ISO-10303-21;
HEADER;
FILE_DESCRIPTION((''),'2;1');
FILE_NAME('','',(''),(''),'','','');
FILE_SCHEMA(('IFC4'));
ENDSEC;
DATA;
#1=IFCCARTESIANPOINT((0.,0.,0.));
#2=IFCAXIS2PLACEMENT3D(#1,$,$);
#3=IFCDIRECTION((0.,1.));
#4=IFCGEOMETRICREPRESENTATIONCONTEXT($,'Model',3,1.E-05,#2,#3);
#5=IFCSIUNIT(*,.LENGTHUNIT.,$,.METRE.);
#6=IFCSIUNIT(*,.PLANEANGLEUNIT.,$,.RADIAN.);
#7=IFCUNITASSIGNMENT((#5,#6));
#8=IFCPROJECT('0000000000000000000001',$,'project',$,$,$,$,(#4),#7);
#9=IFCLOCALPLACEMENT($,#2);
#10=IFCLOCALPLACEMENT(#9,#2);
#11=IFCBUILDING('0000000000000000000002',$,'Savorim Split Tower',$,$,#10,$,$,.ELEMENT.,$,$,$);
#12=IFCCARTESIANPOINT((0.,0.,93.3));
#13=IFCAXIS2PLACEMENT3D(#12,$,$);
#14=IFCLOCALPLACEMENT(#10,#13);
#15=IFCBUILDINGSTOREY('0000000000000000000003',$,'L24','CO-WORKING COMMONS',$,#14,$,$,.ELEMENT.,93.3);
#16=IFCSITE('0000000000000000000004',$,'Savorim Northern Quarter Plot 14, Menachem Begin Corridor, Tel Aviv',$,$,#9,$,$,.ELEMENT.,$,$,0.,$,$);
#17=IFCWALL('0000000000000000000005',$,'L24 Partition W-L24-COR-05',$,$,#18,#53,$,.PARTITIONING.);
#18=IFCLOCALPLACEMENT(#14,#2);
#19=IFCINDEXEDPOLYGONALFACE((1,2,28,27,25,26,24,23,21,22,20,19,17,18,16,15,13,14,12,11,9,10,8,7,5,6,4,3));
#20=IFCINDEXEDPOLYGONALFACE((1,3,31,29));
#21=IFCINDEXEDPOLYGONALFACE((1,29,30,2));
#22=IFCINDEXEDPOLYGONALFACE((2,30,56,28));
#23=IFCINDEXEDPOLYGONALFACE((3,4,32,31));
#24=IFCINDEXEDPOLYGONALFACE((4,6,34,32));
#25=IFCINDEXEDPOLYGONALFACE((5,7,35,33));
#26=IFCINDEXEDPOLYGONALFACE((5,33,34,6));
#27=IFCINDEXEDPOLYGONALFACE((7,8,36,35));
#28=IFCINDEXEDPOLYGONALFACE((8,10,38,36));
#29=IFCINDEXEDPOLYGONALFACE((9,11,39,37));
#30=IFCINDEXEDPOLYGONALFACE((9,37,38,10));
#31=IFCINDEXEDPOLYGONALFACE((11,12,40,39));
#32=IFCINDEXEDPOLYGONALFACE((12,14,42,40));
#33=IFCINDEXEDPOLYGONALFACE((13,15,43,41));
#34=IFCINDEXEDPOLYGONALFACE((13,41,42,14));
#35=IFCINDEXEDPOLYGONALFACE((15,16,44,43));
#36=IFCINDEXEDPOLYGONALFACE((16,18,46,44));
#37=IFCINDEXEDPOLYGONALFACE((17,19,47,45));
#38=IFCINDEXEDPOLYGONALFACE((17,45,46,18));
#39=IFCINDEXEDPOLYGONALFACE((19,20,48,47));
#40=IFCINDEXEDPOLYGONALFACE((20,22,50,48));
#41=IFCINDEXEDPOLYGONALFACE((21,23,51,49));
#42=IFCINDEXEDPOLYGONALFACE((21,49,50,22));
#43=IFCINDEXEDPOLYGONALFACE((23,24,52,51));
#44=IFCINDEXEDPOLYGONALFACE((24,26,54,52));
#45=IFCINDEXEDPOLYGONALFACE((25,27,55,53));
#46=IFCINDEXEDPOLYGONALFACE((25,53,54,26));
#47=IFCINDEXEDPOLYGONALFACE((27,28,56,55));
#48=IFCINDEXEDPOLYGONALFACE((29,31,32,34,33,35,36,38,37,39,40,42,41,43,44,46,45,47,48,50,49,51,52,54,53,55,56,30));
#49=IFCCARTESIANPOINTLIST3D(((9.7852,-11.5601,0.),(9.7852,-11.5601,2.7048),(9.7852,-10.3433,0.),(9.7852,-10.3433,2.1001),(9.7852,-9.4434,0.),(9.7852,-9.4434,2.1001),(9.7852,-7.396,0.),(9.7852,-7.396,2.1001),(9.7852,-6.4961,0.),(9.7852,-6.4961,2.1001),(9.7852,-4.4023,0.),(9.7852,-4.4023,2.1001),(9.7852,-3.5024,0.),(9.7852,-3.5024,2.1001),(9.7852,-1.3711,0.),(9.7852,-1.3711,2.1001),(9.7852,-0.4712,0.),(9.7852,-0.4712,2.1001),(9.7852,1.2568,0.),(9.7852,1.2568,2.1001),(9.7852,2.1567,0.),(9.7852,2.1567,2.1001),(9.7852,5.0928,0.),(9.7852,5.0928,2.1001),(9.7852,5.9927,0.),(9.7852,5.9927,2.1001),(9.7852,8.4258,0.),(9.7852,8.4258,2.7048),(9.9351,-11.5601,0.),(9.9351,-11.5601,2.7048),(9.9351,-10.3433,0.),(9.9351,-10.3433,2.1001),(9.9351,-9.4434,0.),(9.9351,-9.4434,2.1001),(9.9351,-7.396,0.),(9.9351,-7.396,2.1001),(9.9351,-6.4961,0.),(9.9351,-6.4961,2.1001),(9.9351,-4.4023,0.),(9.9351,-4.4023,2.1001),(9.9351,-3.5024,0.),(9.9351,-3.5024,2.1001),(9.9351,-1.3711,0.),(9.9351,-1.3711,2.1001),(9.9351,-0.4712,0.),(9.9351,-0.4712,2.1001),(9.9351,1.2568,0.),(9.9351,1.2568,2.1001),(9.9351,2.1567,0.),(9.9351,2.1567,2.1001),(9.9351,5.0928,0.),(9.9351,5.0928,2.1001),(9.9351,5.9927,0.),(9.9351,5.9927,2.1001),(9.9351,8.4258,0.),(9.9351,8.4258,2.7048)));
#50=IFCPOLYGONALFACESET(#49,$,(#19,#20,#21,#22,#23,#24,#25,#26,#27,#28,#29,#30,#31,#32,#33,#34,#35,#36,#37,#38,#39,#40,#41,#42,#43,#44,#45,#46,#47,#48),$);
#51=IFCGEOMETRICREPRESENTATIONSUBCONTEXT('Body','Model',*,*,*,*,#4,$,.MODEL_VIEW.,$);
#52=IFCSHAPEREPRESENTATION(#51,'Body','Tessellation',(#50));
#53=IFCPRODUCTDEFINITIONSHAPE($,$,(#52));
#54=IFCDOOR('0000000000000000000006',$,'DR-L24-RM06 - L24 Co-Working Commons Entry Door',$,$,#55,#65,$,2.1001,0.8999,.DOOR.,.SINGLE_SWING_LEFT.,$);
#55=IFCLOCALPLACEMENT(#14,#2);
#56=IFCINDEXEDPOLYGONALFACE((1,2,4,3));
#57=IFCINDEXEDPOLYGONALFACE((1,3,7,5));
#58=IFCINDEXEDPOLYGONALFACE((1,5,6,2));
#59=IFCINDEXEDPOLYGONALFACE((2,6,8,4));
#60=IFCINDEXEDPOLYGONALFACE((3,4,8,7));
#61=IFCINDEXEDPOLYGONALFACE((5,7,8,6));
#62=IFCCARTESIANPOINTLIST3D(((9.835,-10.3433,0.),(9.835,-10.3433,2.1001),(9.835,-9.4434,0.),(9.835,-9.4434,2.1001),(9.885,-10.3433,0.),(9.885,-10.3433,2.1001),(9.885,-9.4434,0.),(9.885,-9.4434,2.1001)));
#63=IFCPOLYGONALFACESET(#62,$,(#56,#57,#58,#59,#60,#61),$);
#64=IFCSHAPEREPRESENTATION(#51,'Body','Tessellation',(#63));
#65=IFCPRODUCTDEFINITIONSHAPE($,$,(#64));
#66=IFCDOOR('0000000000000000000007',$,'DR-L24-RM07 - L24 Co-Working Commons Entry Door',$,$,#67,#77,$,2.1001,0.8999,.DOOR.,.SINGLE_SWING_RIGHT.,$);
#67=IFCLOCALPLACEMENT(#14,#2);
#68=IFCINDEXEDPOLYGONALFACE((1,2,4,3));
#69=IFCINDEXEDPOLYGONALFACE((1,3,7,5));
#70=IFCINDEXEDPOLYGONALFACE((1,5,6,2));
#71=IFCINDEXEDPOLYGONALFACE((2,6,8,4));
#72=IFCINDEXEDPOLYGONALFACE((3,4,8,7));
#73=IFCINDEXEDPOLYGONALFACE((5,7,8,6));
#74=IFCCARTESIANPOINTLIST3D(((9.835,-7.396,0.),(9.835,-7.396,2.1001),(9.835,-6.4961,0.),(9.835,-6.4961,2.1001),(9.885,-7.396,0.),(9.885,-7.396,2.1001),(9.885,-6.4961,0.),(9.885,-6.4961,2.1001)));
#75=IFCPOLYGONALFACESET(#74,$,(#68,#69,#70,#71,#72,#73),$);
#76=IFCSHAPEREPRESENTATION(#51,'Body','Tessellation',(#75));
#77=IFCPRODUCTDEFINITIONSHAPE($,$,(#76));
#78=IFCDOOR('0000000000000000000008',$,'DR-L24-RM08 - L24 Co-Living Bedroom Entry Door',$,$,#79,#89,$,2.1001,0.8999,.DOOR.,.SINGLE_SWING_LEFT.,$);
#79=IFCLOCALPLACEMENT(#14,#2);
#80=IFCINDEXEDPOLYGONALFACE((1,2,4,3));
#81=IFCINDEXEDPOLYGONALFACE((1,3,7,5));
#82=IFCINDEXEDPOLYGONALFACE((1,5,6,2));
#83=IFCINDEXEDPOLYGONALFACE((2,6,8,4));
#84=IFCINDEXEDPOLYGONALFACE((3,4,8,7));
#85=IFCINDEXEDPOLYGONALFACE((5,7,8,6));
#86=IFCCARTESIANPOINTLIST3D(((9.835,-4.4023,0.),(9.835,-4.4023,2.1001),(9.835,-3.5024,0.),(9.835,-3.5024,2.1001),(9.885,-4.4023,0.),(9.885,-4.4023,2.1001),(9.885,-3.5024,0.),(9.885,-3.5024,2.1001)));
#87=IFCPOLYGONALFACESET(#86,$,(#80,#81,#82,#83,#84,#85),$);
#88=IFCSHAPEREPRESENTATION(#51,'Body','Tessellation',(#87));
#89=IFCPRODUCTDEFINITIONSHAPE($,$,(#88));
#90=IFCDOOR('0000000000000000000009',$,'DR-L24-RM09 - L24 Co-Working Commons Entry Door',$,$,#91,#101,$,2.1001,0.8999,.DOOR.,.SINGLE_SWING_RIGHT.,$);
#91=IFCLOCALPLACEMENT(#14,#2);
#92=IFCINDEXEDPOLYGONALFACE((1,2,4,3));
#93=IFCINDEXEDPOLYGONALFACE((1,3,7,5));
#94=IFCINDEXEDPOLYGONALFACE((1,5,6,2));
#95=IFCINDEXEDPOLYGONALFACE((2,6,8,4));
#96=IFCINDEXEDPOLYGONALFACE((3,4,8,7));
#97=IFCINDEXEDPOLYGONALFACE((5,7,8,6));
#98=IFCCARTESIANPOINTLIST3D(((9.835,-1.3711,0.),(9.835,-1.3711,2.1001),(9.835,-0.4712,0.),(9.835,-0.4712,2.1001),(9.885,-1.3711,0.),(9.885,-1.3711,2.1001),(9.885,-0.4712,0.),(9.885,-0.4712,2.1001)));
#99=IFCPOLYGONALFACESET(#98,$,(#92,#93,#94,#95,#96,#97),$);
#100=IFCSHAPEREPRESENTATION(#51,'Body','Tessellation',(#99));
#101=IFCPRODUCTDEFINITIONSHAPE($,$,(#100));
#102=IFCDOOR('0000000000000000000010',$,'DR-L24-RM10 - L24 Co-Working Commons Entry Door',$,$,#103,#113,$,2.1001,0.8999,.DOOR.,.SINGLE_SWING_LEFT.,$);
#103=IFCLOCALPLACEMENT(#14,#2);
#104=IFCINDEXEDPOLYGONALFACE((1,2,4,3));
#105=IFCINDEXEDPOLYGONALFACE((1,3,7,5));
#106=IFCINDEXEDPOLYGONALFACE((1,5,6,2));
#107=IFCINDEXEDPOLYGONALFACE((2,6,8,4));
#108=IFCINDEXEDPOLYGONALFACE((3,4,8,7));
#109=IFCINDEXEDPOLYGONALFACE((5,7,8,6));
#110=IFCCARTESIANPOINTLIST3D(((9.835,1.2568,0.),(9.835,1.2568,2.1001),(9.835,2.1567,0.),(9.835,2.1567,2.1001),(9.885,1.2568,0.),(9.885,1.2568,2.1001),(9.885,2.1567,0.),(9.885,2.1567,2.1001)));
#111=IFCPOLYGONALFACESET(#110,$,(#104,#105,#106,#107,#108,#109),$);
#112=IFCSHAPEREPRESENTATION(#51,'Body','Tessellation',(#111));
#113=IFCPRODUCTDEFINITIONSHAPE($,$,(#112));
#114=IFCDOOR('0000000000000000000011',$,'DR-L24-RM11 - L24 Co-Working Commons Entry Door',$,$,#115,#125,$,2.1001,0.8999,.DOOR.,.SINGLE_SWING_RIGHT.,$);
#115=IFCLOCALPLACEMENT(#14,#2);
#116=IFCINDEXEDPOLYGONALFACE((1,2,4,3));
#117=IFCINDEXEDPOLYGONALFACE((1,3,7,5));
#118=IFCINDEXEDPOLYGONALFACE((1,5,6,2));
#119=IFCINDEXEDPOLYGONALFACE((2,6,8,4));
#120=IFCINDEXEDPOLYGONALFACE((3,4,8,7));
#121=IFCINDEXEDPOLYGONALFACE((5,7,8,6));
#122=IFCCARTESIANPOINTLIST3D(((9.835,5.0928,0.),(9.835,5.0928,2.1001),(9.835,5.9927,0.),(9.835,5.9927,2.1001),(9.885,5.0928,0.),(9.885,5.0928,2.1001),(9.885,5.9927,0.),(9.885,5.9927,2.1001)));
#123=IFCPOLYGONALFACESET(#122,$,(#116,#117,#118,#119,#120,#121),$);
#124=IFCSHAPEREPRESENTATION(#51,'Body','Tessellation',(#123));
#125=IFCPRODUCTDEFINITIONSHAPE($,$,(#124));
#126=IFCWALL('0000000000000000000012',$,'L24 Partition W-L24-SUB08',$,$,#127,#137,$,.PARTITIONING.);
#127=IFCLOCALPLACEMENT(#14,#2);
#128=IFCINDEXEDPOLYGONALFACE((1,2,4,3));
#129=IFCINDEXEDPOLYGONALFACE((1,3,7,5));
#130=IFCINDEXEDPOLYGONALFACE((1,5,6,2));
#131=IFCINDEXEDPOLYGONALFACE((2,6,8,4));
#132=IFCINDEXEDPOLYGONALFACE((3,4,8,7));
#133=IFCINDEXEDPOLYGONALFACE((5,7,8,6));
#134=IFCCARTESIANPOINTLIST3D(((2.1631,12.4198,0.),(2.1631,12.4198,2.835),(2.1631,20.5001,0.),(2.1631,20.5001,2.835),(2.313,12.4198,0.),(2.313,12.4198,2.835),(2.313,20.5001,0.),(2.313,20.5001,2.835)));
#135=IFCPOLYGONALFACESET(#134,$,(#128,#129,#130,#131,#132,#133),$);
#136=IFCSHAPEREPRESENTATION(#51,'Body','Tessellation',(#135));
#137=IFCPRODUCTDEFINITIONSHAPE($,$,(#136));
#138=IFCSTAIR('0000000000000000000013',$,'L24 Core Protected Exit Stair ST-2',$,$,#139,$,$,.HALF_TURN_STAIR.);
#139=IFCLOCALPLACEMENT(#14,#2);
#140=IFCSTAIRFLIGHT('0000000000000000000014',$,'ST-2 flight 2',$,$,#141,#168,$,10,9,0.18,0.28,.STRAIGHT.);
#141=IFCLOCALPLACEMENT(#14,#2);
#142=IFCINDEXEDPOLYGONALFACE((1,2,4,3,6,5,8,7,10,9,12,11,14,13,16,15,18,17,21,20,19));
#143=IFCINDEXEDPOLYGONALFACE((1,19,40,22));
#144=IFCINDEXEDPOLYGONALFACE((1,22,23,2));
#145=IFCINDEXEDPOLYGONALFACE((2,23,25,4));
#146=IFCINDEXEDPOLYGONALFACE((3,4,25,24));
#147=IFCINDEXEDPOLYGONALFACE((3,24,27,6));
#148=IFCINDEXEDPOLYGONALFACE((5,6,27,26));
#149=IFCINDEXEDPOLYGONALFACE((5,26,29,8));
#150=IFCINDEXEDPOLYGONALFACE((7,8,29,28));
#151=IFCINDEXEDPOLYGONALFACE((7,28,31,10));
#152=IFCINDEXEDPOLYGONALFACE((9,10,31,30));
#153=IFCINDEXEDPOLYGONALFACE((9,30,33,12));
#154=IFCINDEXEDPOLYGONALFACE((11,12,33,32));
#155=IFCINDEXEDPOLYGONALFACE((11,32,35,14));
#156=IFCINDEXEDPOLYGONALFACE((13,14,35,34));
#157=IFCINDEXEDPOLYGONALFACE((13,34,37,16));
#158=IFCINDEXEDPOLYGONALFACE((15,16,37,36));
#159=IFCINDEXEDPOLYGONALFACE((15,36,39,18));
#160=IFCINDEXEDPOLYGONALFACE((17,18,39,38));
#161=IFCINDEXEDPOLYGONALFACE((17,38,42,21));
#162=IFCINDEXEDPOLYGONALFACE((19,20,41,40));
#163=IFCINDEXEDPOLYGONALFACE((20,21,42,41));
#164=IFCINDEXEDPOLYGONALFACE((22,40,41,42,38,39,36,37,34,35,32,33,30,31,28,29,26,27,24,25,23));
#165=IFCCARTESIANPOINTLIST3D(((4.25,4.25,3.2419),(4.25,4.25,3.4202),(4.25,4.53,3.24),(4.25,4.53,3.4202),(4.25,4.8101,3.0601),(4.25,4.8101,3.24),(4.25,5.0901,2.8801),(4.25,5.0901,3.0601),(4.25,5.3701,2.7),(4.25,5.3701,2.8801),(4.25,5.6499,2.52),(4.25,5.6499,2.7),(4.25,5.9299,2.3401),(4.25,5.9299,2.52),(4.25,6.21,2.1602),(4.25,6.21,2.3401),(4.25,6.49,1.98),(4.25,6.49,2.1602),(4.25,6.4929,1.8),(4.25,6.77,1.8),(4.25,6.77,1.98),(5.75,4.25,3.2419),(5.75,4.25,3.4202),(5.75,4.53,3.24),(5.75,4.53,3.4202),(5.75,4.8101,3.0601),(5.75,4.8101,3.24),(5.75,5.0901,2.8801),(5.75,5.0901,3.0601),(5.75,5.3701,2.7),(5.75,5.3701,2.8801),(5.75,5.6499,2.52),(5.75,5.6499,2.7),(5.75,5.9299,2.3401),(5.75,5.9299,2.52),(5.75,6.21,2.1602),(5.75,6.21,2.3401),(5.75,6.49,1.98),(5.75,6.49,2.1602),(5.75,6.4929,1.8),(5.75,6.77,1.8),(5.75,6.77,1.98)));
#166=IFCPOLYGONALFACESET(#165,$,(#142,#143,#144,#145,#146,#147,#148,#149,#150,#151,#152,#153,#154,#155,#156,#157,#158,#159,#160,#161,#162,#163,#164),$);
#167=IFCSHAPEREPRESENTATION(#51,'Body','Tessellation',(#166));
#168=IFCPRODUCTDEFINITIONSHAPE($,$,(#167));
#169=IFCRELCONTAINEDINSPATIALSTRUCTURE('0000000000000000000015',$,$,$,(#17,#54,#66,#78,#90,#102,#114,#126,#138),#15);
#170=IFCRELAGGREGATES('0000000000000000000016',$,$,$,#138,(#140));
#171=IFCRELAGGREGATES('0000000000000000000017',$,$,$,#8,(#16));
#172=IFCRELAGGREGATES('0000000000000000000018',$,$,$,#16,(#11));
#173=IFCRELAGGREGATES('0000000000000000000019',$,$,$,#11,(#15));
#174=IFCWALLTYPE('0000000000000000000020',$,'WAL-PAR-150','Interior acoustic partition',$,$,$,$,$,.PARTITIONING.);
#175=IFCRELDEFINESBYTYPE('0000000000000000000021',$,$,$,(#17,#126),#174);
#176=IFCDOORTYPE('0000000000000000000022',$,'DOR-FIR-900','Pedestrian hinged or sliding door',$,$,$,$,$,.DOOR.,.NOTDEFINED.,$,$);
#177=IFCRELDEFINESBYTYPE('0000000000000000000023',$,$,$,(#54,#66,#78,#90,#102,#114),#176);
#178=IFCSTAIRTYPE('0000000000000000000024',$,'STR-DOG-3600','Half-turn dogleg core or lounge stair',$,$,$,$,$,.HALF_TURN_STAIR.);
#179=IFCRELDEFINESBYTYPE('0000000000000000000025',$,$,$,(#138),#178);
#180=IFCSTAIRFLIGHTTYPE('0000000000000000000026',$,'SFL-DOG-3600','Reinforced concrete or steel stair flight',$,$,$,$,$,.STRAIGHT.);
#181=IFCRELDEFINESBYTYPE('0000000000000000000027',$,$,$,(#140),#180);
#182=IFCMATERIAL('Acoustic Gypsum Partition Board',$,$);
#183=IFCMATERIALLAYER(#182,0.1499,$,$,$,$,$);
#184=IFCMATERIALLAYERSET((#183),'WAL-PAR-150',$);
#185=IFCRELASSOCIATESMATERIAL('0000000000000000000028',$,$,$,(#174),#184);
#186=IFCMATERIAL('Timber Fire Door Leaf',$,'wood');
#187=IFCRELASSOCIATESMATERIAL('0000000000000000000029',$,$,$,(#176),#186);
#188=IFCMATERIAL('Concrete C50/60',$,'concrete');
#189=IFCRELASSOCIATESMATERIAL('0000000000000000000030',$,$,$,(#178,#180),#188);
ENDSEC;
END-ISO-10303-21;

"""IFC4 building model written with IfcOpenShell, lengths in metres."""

from ifc_helpers import new_model, si_unit, direction, frame, frame_2d, origin, place, context, subcontext, project, spatial, polyline, rectangle, outline, extrude, material, layer, layer_set, type_object, element, fill, aggregate, save


model = new_model("IFC4")

# Units and contexts
model_context = context("Model", 3, precision=1e-05, world=origin(), true_north=direction((0.0, 1.0)))
body_context = subcontext(model_context, "Body", "Model", "MODEL_VIEW")
ifc_project = project(units=[si_unit("LENGTHUNIT", "METRE"), si_unit("PLANEANGLEUNIT", "RADIAN")], contexts=[model_context])

# Site, building, storey
site_placement = place(None, origin())
site = spatial("IfcSite", under=ifc_project, at=site_placement, Name="Savorim Northern Quarter Plot 14, Menachem Begin Corridor, Tel Aviv", CompositionType="ELEMENT", RefElevation=0.0)
building_placement = place(site_placement, origin())
building = spatial("IfcBuilding", under=site, at=building_placement, Name="Savorim Split Tower", CompositionType="ELEMENT")
storey_placement = place(building_placement, frame((0.0, 0.0, 93.3)))
storey = spatial("IfcBuildingStorey", under=building, at=storey_placement, Name="L24", Description="CO-WORKING COMMONS", CompositionType="ELEMENT", Elevation=93.3)

# Shared definitions
ifc_material_1 = material(Name="Timber Fire Door Leaf", Category="wood")

# Shared definitions
ifc_material_2 = material(Name="Acoustic Gypsum Partition Board")
ifc_layer_1 = layer(ifc_material_2, 0.1499)
ifc_layer_set_1 = layer_set([ifc_layer_1], Name="WAL-PAR-150")
wall_type_1 = type_object("IfcWallType", Name="WAL-PAR-150", Description="Interior acoustic partition", PredefinedType="PARTITIONING", material=ifc_layer_set_1)

# Wall, openings, doors
wall_1_placement = place(storey_placement, frame((9.8601, 8.4258, 0.0), z_axis=(0.0, 0.0, 1.0), x_axis=(0.0, -1.0, 0.0)))
wall_1 = element("IfcWall", 1, at=wall_1_placement, inside=storey, type_object=wall_type_1, Name="L24 Partition W-L24-COR-05", PredefinedType="PARTITIONING", context=body_context, shape_type="SweptSolid", body=[
    extrude(rectangle(XDim=19.9858, YDim=0.1499, at=frame_2d((9.9929, 0.0))), origin(), (0.0, 0.0, 1.0), 2.7048),
])
opening_1_placement = place(wall_1_placement, frame((17.8691, 0.0, 0.0)))
opening_1 = element("IfcOpeningElement", 2, at=opening_1_placement, cuts=wall_1, PredefinedType="OPENING", context=body_context, shape_type="SweptSolid", body=[
    extrude(rectangle(XDim=0.8999, YDim=2.1001, at=frame_2d((0.45, 1.05))), frame((0.0, 0.085, 0.0), z_axis=(0.0, -1.0, 0.0), x_axis=(1.0, 0.0, 0.0)), (0.0, 0.0, 1.0), 0.1699),
])
opening_2_placement = place(wall_1_placement, frame((14.9219, 0.0, 0.0)))
opening_2 = element("IfcOpeningElement", 3, at=opening_2_placement, cuts=wall_1, PredefinedType="OPENING", context=body_context, shape_type="SweptSolid", body=[
    extrude(rectangle(XDim=0.8999, YDim=2.1001, at=frame_2d((0.45, 1.05))), frame((0.0, 0.085, 0.0), z_axis=(0.0, -1.0, 0.0), x_axis=(1.0, 0.0, 0.0)), (0.0, 0.0, 1.0), 0.1699),
])
opening_3_placement = place(wall_1_placement, frame((11.9282, 0.0, 0.0)))
opening_3 = element("IfcOpeningElement", 4, at=opening_3_placement, cuts=wall_1, PredefinedType="OPENING", context=body_context, shape_type="SweptSolid", body=[
    extrude(rectangle(XDim=0.8999, YDim=2.1001, at=frame_2d((0.45, 1.05))), frame((0.0, 0.085, 0.0), z_axis=(0.0, -1.0, 0.0), x_axis=(1.0, 0.0, 0.0)), (0.0, 0.0, 1.0), 0.1699),
])
opening_4_placement = place(wall_1_placement, frame((8.897, 0.0, 0.0)))
opening_4 = element("IfcOpeningElement", 5, at=opening_4_placement, cuts=wall_1, PredefinedType="OPENING", context=body_context, shape_type="SweptSolid", body=[
    extrude(rectangle(XDim=0.8999, YDim=2.1001, at=frame_2d((0.45, 1.05))), frame((0.0, 0.085, 0.0), z_axis=(0.0, -1.0, 0.0), x_axis=(1.0, 0.0, 0.0)), (0.0, 0.0, 1.0), 0.1699),
])
opening_5_placement = place(wall_1_placement, frame((6.269, 0.0, 0.0)))
opening_5 = element("IfcOpeningElement", 6, at=opening_5_placement, cuts=wall_1, PredefinedType="OPENING", context=body_context, shape_type="SweptSolid", body=[
    extrude(rectangle(XDim=0.8999, YDim=2.1001, at=frame_2d((0.45, 1.05))), frame((0.0, 0.085, 0.0), z_axis=(0.0, -1.0, 0.0), x_axis=(1.0, 0.0, 0.0)), (0.0, 0.0, 1.0), 0.1699),
])
opening_6_placement = place(wall_1_placement, frame((2.4331, 0.0, 0.0)))
opening_6 = element("IfcOpeningElement", 7, at=opening_6_placement, cuts=wall_1, PredefinedType="OPENING", context=body_context, shape_type="SweptSolid", body=[
    extrude(rectangle(XDim=0.8999, YDim=2.1001, at=frame_2d((0.45, 1.05))), frame((0.0, 0.085, 0.0), z_axis=(0.0, -1.0, 0.0), x_axis=(1.0, 0.0, 0.0)), (0.0, 0.0, 1.0), 0.1699),
])
door_type_1 = type_object("IfcDoorType", Name="DOR-FIR-900", Description="Pedestrian hinged or sliding door", OperationType="NOTDEFINED", PredefinedType="DOOR", material=ifc_material_1)
door_1_placement = place(opening_1_placement, origin())
door_1 = element("IfcDoor", 8, at=door_1_placement, inside=storey, type_object=door_type_1, Name="DR-L24-RM06 - L24 Co-Working Commons Entry Door", OperationType="SINGLE_SWING_LEFT", OverallHeight=2.1001, OverallWidth=0.8999, PredefinedType="DOOR", context=body_context, shape_type="SweptSolid", body=[
    extrude(rectangle(XDim=0.8999, YDim=2.1001, at=frame_2d((0.45, 1.05))), frame((0.0, 0.0249, 0.0), z_axis=(0.0, -1.0, 0.0), x_axis=(1.0, 0.0, 0.0)), (0.0, 0.0, 1.0), 0.05),
])
fill(opening_1, door_1)
door_2_placement = place(opening_2_placement, origin())
door_2 = element("IfcDoor", 9, at=door_2_placement, inside=storey, type_object=door_type_1, Name="DR-L24-RM07 - L24 Co-Working Commons Entry Door", OperationType="SINGLE_SWING_RIGHT", OverallHeight=2.1001, OverallWidth=0.8999, PredefinedType="DOOR", context=body_context, shape_type="SweptSolid", body=[
    extrude(rectangle(XDim=0.8999, YDim=2.1001, at=frame_2d((0.45, 1.05))), frame((0.0, 0.0249, 0.0), z_axis=(0.0, -1.0, 0.0), x_axis=(1.0, 0.0, 0.0)), (0.0, 0.0, 1.0), 0.05),
])
fill(opening_2, door_2)
door_3_placement = place(opening_3_placement, origin())
door_3 = element("IfcDoor", 10, at=door_3_placement, inside=storey, type_object=door_type_1, Name="DR-L24-RM08 - L24 Co-Living Bedroom Entry Door", OperationType="SINGLE_SWING_LEFT", OverallHeight=2.1001, OverallWidth=0.8999, PredefinedType="DOOR", context=body_context, shape_type="SweptSolid", body=[
    extrude(rectangle(XDim=0.8999, YDim=2.1001, at=frame_2d((0.45, 1.05))), frame((0.0, 0.0249, 0.0), z_axis=(0.0, -1.0, 0.0), x_axis=(1.0, 0.0, 0.0)), (0.0, 0.0, 1.0), 0.05),
])
fill(opening_3, door_3)
door_4_placement = place(opening_4_placement, origin())
door_4 = element("IfcDoor", 11, at=door_4_placement, inside=storey, type_object=door_type_1, Name="DR-L24-RM09 - L24 Co-Working Commons Entry Door", OperationType="SINGLE_SWING_RIGHT", OverallHeight=2.1001, OverallWidth=0.8999, PredefinedType="DOOR", context=body_context, shape_type="SweptSolid", body=[
    extrude(rectangle(XDim=0.8999, YDim=2.1001, at=frame_2d((0.45, 1.05))), frame((0.0, 0.0249, 0.0), z_axis=(0.0, -1.0, 0.0), x_axis=(1.0, 0.0, 0.0)), (0.0, 0.0, 1.0), 0.05),
])
fill(opening_4, door_4)
door_5_placement = place(opening_5_placement, origin())
door_5 = element("IfcDoor", 12, at=door_5_placement, inside=storey, type_object=door_type_1, Name="DR-L24-RM10 - L24 Co-Working Commons Entry Door", OperationType="SINGLE_SWING_LEFT", OverallHeight=2.1001, OverallWidth=0.8999, PredefinedType="DOOR", context=body_context, shape_type="SweptSolid", body=[
    extrude(rectangle(XDim=0.8999, YDim=2.1001, at=frame_2d((0.45, 1.05))), frame((0.0, 0.0249, 0.0), z_axis=(0.0, -1.0, 0.0), x_axis=(1.0, 0.0, 0.0)), (0.0, 0.0, 1.0), 0.05),
])
fill(opening_5, door_5)
door_6_placement = place(opening_6_placement, origin())
door_6 = element("IfcDoor", 13, at=door_6_placement, inside=storey, type_object=door_type_1, Name="DR-L24-RM11 - L24 Co-Working Commons Entry Door", OperationType="SINGLE_SWING_RIGHT", OverallHeight=2.1001, OverallWidth=0.8999, PredefinedType="DOOR", context=body_context, shape_type="SweptSolid", body=[
    extrude(rectangle(XDim=0.8999, YDim=2.1001, at=frame_2d((0.45, 1.05))), frame((0.0, 0.0249, 0.0), z_axis=(0.0, -1.0, 0.0), x_axis=(1.0, 0.0, 0.0)), (0.0, 0.0, 1.0), 0.05),
])
fill(opening_6, door_6)

# Wall
wall_2_placement = place(storey_placement, frame((2.238, 12.4199, 0.0), z_axis=(0.0, 0.0, 1.0), x_axis=(0.0, 1.0, 0.0)))
element("IfcWall", 14, at=wall_2_placement, inside=storey, type_object=wall_type_1, Name="L24 Partition W-L24-SUB08", PredefinedType="PARTITIONING", context=body_context, shape_type="SweptSolid", body=[
    extrude(rectangle(XDim=8.0803, YDim=0.1499, at=frame_2d((4.04, 0.0))), origin(), (0.0, 0.0, 1.0), 2.835),
])

# Stair, stair flight
ifc_material_3 = material(Name="Concrete C50/60", Category="concrete")
stair_type = type_object("IfcStairType", Name="STR-DOG-3600", Description="Half-turn dogleg core or lounge stair", PredefinedType="HALF_TURN_STAIR", material=ifc_material_3)
stair_placement = place(storey_placement, origin())
stair = element("IfcStair", 15, at=stair_placement, inside=storey, type_object=stair_type, Name="L24 Core Protected Exit Stair ST-2", PredefinedType="HALF_TURN_STAIR")
stair_flight_type = type_object("IfcStairFlightType", Name="SFL-DOG-3600", Description="Reinforced concrete or steel stair flight", PredefinedType="STRAIGHT", material=ifc_material_3)
stair_flight_placement = place(storey_placement, frame((5.0, 6.77, 1.8), z_axis=(0.0, 0.0, 1.0), x_axis=(0.0, -1.0, 0.0)))
stair_flight = element("IfcStairFlight", 16, at=stair_flight_placement, type_object=stair_flight_type, Name="ST-2 flight 2", NumberOfRisers=10, NumberOfTreads=9, PredefinedType="STRAIGHT", RiserHeight=0.18, TreadLength=0.28, context=body_context, shape_type="SweptSolid", body=[
    extrude(outline(polyline([(0.0, 0.0), (0.0, 0.1799), (0.28, 0.1799), (0.28, 0.3601), (0.5601, 0.3601), (0.5601, 0.54), (0.8401, 0.54), (0.8401, 0.72), (1.1201, 0.72), (1.1201, 0.8999), (1.3999, 0.8999), (1.3999, 1.0801), (1.6799, 1.0801), (1.6799, 1.26), (1.96, 1.26), (1.96, 1.4399), (2.24, 1.4399), (2.24, 1.6201), (2.52, 1.6201), (2.52, 1.8), (2.52, 1.4419), (0.2771, 0.0), (0.0, 0.0)])), frame((0.0, 0.75, 0.0), z_axis=(0.0, -1.0, 0.0), x_axis=(1.0, 0.0, 0.0)), (0.0, 0.0, 1.0), 1.5),
])
aggregate(stair, [stair_flight])

save(model, "model.ifc")
